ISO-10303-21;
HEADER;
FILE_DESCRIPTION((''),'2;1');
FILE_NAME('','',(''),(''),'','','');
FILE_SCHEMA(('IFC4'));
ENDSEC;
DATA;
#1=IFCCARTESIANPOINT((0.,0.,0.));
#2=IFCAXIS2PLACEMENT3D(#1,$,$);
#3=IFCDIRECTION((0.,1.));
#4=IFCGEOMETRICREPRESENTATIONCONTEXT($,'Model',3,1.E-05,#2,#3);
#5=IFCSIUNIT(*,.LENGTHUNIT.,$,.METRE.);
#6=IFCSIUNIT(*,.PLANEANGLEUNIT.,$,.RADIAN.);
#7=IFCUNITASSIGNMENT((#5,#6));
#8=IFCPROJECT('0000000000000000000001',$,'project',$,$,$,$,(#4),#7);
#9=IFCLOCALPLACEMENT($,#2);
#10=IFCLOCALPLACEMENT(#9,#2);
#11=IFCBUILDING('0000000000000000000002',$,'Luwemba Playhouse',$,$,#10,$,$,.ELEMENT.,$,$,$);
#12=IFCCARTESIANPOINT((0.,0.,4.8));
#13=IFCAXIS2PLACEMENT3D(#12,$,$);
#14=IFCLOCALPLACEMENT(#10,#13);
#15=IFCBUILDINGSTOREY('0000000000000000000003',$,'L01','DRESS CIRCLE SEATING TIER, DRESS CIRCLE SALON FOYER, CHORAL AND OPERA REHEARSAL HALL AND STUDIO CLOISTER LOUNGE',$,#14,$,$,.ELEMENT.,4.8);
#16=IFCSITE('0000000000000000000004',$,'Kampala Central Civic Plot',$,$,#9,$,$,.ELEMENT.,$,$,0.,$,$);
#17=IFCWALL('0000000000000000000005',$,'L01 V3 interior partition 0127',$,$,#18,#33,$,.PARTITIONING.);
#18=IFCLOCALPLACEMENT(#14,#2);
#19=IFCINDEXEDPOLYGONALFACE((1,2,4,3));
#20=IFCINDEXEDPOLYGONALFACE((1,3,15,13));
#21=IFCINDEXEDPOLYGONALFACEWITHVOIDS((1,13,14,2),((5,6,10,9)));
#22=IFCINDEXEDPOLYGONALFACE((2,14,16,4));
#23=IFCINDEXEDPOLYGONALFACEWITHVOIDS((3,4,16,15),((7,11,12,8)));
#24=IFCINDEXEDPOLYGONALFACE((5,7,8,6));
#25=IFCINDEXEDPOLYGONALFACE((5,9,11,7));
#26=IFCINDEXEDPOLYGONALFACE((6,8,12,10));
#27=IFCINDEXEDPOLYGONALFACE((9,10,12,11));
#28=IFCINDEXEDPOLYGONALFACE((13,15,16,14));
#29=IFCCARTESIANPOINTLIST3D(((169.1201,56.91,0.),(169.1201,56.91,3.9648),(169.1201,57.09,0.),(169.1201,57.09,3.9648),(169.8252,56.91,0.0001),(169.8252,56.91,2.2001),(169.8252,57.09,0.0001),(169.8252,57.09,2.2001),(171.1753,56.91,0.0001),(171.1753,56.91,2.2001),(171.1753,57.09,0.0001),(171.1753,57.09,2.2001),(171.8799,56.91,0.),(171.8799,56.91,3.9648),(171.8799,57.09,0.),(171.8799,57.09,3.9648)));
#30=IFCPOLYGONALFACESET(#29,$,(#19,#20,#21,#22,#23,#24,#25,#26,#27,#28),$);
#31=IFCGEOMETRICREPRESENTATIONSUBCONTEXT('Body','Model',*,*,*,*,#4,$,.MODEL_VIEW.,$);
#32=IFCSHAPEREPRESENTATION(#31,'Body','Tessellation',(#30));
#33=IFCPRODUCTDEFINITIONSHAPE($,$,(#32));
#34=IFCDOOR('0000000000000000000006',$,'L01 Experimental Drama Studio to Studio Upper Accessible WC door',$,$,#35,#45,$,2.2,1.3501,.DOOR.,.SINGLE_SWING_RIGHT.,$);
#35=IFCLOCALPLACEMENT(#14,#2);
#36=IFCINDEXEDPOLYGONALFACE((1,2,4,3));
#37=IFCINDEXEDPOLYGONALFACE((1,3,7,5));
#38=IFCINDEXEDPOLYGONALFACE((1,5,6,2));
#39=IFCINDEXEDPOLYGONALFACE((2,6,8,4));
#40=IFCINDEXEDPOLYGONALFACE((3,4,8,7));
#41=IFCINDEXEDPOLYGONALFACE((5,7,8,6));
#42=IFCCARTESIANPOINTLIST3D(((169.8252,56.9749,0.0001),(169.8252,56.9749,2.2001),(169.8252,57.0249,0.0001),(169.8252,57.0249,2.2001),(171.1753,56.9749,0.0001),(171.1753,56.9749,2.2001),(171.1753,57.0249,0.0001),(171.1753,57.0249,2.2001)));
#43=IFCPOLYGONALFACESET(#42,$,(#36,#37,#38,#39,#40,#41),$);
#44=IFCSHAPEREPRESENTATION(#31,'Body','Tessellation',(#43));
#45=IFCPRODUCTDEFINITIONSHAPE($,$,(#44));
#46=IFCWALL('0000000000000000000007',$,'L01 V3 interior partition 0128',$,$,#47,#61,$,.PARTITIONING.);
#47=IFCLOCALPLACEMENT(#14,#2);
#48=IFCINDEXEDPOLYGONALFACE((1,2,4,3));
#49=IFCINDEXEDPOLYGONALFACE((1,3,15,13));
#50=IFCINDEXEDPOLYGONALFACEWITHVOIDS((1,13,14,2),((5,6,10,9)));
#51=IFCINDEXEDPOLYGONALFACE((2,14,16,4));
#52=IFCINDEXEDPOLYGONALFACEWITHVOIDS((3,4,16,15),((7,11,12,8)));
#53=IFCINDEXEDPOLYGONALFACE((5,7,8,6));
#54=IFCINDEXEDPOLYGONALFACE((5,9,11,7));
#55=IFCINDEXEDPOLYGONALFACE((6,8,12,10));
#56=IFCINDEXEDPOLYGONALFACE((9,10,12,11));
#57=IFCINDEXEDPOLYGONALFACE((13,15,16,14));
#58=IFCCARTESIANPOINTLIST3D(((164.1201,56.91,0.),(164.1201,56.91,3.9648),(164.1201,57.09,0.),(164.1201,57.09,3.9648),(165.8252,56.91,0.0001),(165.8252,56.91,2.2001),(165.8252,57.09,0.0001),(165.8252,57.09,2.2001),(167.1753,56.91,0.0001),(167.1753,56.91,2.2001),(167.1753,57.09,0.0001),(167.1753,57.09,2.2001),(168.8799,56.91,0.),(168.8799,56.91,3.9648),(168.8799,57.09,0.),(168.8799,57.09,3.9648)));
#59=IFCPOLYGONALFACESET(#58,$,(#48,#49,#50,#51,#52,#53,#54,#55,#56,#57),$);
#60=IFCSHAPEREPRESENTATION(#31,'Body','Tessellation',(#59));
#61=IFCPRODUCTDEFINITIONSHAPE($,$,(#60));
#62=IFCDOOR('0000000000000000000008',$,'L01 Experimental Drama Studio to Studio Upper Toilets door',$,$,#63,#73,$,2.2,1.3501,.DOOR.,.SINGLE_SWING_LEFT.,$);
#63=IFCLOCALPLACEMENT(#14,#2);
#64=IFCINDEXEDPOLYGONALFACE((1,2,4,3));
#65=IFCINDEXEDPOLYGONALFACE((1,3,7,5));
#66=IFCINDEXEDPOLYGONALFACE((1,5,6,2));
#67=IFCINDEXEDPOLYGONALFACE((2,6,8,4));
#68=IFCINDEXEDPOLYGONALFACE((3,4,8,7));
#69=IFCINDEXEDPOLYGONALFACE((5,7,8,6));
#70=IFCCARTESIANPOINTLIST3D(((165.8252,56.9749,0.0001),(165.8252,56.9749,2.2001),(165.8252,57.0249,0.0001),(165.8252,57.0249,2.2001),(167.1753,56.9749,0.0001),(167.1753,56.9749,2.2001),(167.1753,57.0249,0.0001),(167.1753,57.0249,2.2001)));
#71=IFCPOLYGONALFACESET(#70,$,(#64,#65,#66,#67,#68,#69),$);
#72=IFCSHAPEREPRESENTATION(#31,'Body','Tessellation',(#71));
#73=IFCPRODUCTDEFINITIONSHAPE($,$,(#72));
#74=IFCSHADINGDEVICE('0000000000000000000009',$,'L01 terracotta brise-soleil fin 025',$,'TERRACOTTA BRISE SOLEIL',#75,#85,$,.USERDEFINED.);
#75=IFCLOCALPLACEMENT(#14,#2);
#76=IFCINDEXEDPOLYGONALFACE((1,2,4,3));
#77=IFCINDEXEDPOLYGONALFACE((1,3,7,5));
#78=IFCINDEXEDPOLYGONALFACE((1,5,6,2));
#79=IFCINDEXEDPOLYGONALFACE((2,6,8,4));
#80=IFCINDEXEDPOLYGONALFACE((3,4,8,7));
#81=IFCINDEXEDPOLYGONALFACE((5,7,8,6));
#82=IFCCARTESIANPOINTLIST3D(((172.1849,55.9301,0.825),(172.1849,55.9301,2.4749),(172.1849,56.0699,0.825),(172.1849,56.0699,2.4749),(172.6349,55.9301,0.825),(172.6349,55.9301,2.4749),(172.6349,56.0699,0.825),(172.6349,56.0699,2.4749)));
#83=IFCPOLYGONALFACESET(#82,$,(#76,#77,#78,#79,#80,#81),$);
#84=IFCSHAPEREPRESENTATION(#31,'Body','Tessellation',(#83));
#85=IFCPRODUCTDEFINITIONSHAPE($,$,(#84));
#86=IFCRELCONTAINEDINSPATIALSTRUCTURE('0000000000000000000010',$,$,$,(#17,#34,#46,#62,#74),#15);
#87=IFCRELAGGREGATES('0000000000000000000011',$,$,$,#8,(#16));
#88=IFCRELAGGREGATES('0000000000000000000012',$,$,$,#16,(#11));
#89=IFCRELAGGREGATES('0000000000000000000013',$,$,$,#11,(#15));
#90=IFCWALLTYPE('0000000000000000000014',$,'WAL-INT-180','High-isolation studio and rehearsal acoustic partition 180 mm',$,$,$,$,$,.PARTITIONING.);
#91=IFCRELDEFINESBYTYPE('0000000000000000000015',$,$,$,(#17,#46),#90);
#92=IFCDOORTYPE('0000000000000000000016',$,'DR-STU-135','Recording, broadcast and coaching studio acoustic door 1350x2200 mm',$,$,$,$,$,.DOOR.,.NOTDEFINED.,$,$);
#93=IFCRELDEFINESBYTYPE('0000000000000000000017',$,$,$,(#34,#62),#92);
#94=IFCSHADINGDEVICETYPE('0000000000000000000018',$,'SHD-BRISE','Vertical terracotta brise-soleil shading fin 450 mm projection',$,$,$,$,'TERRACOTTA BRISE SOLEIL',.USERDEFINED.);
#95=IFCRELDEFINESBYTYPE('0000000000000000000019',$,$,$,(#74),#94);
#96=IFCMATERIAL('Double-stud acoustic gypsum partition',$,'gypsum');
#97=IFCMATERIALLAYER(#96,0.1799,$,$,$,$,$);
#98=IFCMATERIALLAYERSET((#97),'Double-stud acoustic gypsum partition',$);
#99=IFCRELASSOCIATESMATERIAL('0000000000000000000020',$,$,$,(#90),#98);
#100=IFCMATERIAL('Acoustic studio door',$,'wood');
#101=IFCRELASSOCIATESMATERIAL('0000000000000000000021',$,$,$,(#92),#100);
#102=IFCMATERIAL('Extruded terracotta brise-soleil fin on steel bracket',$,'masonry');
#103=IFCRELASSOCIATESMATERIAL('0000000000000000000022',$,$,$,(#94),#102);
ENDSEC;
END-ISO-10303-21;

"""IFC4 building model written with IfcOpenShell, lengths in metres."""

from ifc_helpers import new_model, si_unit, direction, frame, frame_2d, origin, origin_2d, place, context, subcontext, project, spatial, rectangle, extrude, material, layer, layer_set, type_object, element, fill, save


model = new_model("IFC4")

# Units and contexts
model_context = context("Model", 3, precision=1e-05, world=origin(), true_north=direction((0.0, 1.0)))
body_context = subcontext(model_context, "Body", "Model", "MODEL_VIEW")
ifc_project = project(units=[si_unit("LENGTHUNIT", "METRE"), si_unit("PLANEANGLEUNIT", "RADIAN")], contexts=[model_context])

# Site, building, storey
site_placement = place(None, origin())
site = spatial("IfcSite", under=ifc_project, at=site_placement, Name="Kampala Central Civic Plot", CompositionType="ELEMENT", RefElevation=0.0)
building_placement = place(site_placement, origin())
building = spatial("IfcBuilding", under=site, at=building_placement, Name="Luwemba Playhouse", CompositionType="ELEMENT")
storey_placement = place(building_placement, frame((0.0, 0.0, 4.8)))
storey = spatial("IfcBuildingStorey", under=building, at=storey_placement, Name="L01", Description="DRESS CIRCLE SEATING TIER, DRESS CIRCLE SALON FOYER, CHORAL AND OPERA REHEARSAL HALL AND STUDIO CLOISTER LOUNGE", CompositionType="ELEMENT", Elevation=4.8)

# Walls, openings, doors
ifc_material_1 = material(Name="Double-stud acoustic gypsum partition", Category="gypsum")
ifc_layer_1 = layer(ifc_material_1, 0.1799)
ifc_layer_set_1 = layer_set([ifc_layer_1], Name="Double-stud acoustic gypsum partition")
wall_type_1 = type_object("IfcWallType", Name="WAL-INT-180", Description="High-isolation studio and rehearsal acoustic partition 180 mm", PredefinedType="PARTITIONING", material=ifc_layer_set_1)
wall_1_placement = place(storey_placement, frame((169.1201, 57.0, 0.0), z_axis=(0.0, 0.0, 1.0), x_axis=(1.0, 0.0, 0.0)))
wall_1 = element("IfcWall", 1, at=wall_1_placement, inside=storey, type_object=wall_type_1, Name="L01 V3 interior partition 0127", PredefinedType="PARTITIONING", context=body_context, shape_type="SweptSolid", body=[
    extrude(rectangle(XDim=2.7598, YDim=0.1799, at=frame_2d((1.3799, 0.0))), origin(), (0.0, 0.0, 1.0), 3.9648),
])
opening_1_placement = place(wall_1_placement, frame((0.7051, 0.0, 0.0)))
opening_1 = element("IfcOpeningElement", 2, at=opening_1_placement, cuts=wall_1, PredefinedType="OPENING", context=body_context, shape_type="SweptSolid", body=[
    extrude(rectangle(XDim=1.3501, YDim=2.2, at=frame_2d((0.675, 1.1001))), frame((0.0, 0.0999, 0.0), z_axis=(0.0, -1.0, 0.0), x_axis=(1.0, 0.0, 0.0)), (0.0, 0.0, 1.0), 0.2),
])
ifc_material_2 = material(Name="Acoustic studio door", Category="wood")
door_type = type_object("IfcDoorType", Name="DR-STU-135", Description="Recording, broadcast and coaching studio acoustic door 1350x2200 mm", OperationType="NOTDEFINED", PredefinedType="DOOR", material=ifc_material_2)
door_1_placement = place(opening_1_placement, origin())
door_1 = element("IfcDoor", 3, at=door_1_placement, inside=storey, type_object=door_type, Name="L01 Experimental Drama Studio to Studio Upper Accessible WC door", OperationType="SINGLE_SWING_RIGHT", OverallHeight=2.2, OverallWidth=1.3501, PredefinedType="DOOR", context=body_context, shape_type="SweptSolid", body=[
    extrude(rectangle(XDim=1.3501, YDim=2.2, at=frame_2d((0.675, 1.1001))), frame((0.0, 0.0249, 0.0), z_axis=(0.0, -1.0, 0.0), x_axis=(1.0, 0.0, 0.0)), (0.0, 0.0, 1.0), 0.05),
])
fill(opening_1, door_1)
wall_2_placement = place(storey_placement, frame((164.1201, 57.0, 0.0), z_axis=(0.0, 0.0, 1.0), x_axis=(1.0, 0.0, 0.0)))
wall_2 = element("IfcWall", 4, at=wall_2_placement, inside=storey, type_object=wall_type_1, Name="L01 V3 interior partition 0128", PredefinedType="PARTITIONING", context=body_context, shape_type="SweptSolid", body=[
    extrude(rectangle(XDim=4.7598, YDim=0.1799, at=frame_2d((2.3799, 0.0))), origin(), (0.0, 0.0, 1.0), 3.9648),
])
opening_2_placement = place(wall_2_placement, frame((1.7051, 0.0, 0.0)))
opening_2 = element("IfcOpeningElement", 5, at=opening_2_placement, cuts=wall_2, PredefinedType="OPENING", context=body_context, shape_type="SweptSolid", body=[
    extrude(rectangle(XDim=1.3501, YDim=2.2, at=frame_2d((0.675, 1.1001))), frame((0.0, 0.0999, 0.0), z_axis=(0.0, -1.0, 0.0), x_axis=(1.0, 0.0, 0.0)), (0.0, 0.0, 1.0), 0.2),
])
door_2_placement = place(opening_2_placement, origin())
door_2 = element("IfcDoor", 6, at=door_2_placement, inside=storey, type_object=door_type, Name="L01 Experimental Drama Studio to Studio Upper Toilets door", OperationType="SINGLE_SWING_LEFT", OverallHeight=2.2, OverallWidth=1.3501, PredefinedType="DOOR", context=body_context, shape_type="SweptSolid", body=[
    extrude(rectangle(XDim=1.3501, YDim=2.2, at=frame_2d((0.675, 1.1001))), frame((0.0, 0.0249, 0.0), z_axis=(0.0, -1.0, 0.0), x_axis=(1.0, 0.0, 0.0)), (0.0, 0.0, 1.0), 0.05),
])
fill(opening_2, door_2)

# Shading device
ifc_material_3 = material(Name="Extruded terracotta brise-soleil fin on steel bracket", Category="masonry")
shading_device_type = type_object("IfcShadingDeviceType", Name="SHD-BRISE", Description="Vertical terracotta brise-soleil shading fin 450 mm projection", ElementType="TERRACOTTA BRISE SOLEIL", PredefinedType="USERDEFINED", material=ifc_material_3)
shading_device_placement = place(storey_placement, frame((172.4099, 56.0, 0.825), z_axis=(0.0, 0.0, 1.0), x_axis=(0.0, -1.0, 0.0)))
element("IfcShadingDevice", 7, at=shading_device_placement, inside=storey, type_object=shading_device_type, Name="L01 terracotta brise-soleil fin 025", ObjectType="TERRACOTTA BRISE SOLEIL", PredefinedType="USERDEFINED", context=body_context, shape_type="SweptSolid", body=[
    extrude(rectangle(XDim=0.1399, YDim=0.45, at=origin_2d()), origin(), (0.0, 0.0, 1.0), 1.6499),
])

save(model, "model.ifc")
